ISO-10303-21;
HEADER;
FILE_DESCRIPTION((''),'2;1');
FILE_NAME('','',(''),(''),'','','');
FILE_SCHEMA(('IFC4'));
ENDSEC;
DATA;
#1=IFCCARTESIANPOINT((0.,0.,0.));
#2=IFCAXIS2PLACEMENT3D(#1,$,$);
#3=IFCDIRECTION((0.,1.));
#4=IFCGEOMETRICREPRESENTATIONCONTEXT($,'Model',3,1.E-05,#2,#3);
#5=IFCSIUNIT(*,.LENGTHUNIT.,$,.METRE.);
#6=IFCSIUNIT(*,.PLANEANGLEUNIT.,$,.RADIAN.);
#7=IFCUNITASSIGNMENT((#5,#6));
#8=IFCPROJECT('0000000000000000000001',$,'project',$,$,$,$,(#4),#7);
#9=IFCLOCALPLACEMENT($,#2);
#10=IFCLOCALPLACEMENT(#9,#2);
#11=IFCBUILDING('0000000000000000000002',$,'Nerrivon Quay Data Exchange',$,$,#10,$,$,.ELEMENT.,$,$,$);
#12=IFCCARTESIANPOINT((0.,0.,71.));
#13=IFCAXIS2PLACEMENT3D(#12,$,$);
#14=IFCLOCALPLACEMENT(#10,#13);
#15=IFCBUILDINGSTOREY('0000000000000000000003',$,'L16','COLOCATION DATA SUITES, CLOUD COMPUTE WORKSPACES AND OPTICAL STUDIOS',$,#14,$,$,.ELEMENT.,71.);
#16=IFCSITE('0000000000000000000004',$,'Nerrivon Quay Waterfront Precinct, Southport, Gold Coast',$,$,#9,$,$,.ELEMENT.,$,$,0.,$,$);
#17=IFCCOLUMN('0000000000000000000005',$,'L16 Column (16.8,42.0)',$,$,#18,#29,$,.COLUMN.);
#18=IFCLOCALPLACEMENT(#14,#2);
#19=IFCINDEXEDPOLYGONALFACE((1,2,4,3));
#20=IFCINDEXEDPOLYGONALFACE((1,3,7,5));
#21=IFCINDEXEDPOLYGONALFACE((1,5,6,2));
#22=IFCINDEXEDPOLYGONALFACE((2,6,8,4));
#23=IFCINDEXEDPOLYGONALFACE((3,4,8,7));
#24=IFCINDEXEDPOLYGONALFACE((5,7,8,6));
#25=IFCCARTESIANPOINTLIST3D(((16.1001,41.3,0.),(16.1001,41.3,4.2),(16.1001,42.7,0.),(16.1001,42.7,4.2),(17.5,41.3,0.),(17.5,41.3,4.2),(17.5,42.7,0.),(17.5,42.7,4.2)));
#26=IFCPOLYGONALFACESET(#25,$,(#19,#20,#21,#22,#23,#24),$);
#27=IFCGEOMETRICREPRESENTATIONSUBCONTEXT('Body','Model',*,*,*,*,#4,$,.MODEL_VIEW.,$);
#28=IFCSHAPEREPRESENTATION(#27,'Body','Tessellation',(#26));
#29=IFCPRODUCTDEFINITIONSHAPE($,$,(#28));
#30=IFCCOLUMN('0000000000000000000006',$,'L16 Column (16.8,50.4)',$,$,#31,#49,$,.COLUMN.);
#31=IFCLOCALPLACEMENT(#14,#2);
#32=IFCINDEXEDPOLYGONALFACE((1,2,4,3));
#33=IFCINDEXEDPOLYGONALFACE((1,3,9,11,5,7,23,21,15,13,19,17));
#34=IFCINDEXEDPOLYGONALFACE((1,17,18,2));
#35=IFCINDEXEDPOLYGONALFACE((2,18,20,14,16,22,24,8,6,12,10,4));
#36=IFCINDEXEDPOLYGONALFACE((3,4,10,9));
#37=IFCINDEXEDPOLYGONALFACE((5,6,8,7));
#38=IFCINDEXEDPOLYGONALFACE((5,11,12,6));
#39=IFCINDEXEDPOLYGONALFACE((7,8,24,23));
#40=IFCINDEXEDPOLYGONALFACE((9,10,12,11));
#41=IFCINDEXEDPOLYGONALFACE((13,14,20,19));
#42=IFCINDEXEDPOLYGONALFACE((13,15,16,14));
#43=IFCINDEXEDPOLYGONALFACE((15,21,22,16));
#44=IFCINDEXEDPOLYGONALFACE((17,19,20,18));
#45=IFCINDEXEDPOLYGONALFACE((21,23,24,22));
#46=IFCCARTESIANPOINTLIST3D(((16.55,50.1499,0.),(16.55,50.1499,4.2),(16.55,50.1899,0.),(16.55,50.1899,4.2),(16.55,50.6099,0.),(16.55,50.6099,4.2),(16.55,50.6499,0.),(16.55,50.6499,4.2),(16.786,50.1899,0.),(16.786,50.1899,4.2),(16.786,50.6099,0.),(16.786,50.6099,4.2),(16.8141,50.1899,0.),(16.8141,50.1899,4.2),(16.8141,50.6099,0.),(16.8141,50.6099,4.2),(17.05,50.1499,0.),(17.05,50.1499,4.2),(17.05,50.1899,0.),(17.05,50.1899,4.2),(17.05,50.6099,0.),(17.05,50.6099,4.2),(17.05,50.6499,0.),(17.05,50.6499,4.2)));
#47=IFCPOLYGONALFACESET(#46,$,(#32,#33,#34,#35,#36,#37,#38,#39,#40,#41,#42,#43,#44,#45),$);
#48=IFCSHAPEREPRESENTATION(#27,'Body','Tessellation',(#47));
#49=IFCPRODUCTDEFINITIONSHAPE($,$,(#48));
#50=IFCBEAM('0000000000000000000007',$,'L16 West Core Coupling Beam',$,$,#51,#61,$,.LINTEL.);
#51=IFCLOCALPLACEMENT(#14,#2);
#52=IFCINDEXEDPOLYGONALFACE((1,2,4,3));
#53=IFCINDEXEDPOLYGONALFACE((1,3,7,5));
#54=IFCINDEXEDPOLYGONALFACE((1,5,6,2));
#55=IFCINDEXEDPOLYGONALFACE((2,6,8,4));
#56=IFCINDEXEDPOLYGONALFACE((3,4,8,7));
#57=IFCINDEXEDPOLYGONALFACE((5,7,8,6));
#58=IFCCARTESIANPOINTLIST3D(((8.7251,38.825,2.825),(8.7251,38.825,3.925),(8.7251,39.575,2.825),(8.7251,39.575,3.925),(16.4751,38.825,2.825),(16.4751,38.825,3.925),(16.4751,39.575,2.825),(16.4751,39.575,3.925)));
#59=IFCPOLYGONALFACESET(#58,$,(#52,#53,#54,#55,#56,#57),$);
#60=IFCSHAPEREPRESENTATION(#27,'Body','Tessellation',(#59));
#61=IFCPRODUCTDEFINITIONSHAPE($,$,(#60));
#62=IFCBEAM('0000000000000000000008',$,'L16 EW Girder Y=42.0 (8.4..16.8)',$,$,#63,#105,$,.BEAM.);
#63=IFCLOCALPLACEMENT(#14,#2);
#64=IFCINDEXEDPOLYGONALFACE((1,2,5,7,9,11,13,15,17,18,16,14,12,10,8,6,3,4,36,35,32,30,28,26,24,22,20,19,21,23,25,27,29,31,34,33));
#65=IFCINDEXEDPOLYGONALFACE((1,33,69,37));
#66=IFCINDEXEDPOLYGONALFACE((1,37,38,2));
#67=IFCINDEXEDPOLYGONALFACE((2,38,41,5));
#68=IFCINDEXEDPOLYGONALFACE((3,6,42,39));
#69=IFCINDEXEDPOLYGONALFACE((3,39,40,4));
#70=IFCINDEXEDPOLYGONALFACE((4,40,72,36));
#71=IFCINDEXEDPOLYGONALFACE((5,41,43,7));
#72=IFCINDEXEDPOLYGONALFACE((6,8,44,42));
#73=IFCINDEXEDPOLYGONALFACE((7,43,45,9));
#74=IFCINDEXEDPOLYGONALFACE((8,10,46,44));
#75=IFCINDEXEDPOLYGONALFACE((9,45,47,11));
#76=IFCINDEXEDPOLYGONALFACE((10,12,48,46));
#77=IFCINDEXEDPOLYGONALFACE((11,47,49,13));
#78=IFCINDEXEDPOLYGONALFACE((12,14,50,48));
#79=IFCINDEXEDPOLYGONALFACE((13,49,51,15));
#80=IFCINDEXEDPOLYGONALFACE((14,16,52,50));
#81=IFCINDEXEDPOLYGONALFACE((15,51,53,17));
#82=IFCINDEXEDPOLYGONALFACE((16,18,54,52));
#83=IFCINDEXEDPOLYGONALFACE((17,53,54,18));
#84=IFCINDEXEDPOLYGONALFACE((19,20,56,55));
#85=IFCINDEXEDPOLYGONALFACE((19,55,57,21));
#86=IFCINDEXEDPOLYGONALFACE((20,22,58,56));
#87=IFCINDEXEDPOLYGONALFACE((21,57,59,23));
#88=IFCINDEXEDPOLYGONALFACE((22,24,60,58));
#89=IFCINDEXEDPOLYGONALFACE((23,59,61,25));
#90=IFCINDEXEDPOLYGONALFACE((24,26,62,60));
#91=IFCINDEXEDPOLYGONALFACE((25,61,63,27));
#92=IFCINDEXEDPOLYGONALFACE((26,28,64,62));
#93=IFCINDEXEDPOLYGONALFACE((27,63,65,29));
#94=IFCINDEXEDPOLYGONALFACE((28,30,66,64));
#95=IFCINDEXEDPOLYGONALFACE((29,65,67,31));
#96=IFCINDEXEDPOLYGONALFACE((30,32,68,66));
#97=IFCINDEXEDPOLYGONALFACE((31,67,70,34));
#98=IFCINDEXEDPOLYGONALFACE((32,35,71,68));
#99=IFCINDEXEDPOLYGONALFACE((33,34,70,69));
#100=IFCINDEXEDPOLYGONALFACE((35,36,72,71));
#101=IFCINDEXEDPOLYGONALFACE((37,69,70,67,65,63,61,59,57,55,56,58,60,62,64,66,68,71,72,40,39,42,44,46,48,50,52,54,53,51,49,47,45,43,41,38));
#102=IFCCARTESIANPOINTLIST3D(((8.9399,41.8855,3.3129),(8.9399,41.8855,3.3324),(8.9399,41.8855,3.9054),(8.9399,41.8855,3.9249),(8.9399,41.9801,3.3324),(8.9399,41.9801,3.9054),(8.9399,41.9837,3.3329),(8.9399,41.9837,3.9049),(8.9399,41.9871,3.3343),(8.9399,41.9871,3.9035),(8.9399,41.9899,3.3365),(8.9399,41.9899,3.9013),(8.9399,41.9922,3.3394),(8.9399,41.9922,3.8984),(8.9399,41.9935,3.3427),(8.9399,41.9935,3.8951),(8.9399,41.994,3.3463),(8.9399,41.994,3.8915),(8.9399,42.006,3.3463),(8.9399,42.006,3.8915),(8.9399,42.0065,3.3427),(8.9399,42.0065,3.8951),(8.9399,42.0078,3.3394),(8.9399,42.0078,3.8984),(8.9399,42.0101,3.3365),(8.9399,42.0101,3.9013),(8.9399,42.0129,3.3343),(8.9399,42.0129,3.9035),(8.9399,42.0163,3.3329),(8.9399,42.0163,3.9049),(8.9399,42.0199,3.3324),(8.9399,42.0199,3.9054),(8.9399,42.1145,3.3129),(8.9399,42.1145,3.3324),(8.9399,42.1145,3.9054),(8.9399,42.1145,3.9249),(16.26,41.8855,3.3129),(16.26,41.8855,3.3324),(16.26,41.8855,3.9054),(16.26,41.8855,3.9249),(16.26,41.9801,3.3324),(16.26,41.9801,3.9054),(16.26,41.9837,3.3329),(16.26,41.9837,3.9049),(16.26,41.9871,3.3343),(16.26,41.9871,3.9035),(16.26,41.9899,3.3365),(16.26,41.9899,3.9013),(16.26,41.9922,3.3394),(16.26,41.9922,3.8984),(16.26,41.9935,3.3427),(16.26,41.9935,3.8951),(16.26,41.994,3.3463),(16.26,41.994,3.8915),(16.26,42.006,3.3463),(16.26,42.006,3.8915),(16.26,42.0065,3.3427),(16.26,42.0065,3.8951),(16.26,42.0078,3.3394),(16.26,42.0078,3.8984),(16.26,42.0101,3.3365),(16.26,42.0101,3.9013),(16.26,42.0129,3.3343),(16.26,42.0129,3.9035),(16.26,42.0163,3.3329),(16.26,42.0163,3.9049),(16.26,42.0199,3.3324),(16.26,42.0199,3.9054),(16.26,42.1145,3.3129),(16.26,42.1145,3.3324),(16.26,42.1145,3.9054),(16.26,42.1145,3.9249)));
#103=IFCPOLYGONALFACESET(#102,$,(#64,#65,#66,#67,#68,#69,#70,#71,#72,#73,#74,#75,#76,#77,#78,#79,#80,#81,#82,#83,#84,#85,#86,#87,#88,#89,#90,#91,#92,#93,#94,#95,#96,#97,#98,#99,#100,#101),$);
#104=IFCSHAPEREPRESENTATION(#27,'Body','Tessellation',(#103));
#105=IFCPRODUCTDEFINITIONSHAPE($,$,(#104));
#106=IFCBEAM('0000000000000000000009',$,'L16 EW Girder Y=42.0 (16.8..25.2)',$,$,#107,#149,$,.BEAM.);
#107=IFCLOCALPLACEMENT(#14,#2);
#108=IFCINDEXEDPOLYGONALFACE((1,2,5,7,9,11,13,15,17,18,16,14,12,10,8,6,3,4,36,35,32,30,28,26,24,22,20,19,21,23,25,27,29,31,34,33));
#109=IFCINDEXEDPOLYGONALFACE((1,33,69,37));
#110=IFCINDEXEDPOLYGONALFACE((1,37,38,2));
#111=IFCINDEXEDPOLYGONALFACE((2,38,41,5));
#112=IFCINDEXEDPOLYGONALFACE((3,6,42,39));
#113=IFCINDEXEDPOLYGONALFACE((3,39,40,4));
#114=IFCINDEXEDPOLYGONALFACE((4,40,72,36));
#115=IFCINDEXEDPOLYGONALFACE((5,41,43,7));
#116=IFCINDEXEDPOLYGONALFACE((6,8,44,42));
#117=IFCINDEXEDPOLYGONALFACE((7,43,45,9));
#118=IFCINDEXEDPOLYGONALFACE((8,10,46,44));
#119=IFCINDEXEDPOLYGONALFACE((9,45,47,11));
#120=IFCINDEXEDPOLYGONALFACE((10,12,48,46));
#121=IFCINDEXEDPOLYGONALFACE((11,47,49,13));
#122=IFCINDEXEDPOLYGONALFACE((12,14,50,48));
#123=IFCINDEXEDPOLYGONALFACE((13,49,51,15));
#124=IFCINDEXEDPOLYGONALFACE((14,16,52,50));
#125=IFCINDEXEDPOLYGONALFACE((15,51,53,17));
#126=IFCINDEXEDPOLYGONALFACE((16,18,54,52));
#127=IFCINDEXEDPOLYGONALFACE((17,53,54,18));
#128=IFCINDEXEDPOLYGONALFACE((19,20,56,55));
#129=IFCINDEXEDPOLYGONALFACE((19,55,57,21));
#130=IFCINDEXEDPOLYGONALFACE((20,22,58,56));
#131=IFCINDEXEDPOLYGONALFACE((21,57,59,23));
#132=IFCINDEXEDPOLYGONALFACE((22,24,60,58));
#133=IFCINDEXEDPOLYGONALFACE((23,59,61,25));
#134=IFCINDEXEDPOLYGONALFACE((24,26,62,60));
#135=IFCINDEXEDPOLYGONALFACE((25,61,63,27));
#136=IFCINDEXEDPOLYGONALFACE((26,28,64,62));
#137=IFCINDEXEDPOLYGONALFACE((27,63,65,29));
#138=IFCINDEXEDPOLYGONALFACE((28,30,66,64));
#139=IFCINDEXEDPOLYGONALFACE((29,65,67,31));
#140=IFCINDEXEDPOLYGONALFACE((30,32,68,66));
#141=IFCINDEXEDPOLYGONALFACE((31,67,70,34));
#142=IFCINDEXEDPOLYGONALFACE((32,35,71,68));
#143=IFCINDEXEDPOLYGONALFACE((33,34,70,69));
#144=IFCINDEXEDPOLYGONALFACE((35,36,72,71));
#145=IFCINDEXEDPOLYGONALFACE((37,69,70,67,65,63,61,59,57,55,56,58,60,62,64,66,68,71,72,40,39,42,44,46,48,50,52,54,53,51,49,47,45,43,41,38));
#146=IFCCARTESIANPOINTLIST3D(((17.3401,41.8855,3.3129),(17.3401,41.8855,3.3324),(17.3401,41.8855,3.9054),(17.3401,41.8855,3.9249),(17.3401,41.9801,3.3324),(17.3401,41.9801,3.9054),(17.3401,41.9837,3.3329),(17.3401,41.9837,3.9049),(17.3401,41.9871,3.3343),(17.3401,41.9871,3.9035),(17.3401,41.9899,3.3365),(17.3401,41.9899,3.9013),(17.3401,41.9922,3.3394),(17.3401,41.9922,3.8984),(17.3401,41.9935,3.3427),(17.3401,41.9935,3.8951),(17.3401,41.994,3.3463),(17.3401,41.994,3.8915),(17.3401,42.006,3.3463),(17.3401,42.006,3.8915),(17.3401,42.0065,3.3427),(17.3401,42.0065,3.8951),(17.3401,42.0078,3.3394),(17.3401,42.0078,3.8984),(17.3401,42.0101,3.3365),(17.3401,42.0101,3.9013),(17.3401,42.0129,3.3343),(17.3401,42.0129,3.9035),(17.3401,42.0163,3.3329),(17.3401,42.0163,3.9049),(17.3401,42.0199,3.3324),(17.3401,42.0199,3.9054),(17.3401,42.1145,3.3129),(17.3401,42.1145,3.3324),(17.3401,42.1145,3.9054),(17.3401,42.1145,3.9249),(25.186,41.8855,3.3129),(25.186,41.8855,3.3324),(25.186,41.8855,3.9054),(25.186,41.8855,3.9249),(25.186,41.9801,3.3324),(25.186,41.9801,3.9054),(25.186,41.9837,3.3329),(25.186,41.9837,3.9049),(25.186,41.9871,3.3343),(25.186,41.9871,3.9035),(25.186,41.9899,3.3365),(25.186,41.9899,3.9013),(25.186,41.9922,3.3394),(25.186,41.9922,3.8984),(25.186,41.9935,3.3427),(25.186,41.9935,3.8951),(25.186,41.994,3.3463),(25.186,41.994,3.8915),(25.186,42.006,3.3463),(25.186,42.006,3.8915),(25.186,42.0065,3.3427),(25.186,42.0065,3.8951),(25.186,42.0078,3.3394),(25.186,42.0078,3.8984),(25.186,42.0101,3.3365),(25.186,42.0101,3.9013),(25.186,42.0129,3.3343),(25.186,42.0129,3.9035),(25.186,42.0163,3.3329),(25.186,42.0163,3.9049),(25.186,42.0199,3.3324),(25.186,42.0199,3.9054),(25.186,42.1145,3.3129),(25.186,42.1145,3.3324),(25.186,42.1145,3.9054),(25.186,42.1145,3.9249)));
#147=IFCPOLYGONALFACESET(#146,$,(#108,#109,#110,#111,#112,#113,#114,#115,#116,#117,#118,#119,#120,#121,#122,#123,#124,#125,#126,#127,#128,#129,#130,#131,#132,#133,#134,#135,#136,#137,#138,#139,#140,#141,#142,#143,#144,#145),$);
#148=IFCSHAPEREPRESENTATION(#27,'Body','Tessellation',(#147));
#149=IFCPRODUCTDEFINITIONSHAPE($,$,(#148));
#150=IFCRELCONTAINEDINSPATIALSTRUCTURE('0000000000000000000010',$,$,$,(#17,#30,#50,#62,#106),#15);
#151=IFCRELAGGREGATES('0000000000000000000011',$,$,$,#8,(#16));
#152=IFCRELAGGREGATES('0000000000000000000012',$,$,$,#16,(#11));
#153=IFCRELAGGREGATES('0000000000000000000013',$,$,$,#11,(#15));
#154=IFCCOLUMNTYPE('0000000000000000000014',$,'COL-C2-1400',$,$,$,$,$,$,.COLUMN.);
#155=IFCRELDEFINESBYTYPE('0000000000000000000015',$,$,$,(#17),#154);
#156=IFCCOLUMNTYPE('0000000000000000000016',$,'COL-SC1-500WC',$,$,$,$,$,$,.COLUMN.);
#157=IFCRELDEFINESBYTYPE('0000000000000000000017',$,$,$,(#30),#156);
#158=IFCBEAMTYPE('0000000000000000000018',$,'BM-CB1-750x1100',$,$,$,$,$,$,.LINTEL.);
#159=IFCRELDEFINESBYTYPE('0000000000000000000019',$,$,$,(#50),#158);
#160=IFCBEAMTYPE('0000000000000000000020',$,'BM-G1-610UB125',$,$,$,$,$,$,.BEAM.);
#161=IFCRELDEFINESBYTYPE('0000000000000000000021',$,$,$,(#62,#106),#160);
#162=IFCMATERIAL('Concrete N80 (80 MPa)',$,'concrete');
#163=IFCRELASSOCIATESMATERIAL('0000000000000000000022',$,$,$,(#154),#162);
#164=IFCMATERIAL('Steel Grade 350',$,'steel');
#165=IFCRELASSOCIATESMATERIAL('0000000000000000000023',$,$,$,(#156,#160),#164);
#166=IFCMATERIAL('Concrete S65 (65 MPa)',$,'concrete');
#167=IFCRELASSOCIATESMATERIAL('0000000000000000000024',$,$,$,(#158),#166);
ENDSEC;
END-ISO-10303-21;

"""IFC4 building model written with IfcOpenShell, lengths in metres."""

from ifc_helpers import new_model, si_unit, direction, frame, origin, origin_2d, place, context, subcontext, project, spatial, rectangle, i_section, extrude, material, material_profile, profile_set, type_object, element, save


model = new_model("IFC4")

# Units and contexts
model_context = context("Model", 3, precision=1e-05, world=origin(), true_north=direction((0.0, 1.0)))
body_context = subcontext(model_context, "Body", "Model", "MODEL_VIEW")
ifc_project = project(units=[si_unit("LENGTHUNIT", "METRE"), si_unit("PLANEANGLEUNIT", "RADIAN")], contexts=[model_context])

# Site, building, storey
site_placement = place(None, origin())
site = spatial("IfcSite", under=ifc_project, at=site_placement, Name="Nerrivon Quay Waterfront Precinct, Southport, Gold Coast", CompositionType="ELEMENT", RefElevation=0.0)
building_placement = place(site_placement, origin())
building = spatial("IfcBuilding", under=site, at=building_placement, Name="Nerrivon Quay Data Exchange", CompositionType="ELEMENT")
storey_placement = place(building_placement, frame((0.0, 0.0, 71.0)))
storey = spatial("IfcBuildingStorey", under=building, at=storey_placement, Name="L16", Description="COLOCATION DATA SUITES, CLOUD COMPUTE WORKSPACES AND OPTICAL STUDIOS", CompositionType="ELEMENT", Elevation=71.0)

# Columns
ifc_material_1 = material(Name="Concrete N80 (80 MPa)", Category="concrete")
ifc_material_profile_1 = material_profile(ifc_material_1, rectangle(XDim=1.3999, YDim=1.3999, at=origin_2d()), Name="RC-COL-1400x1400")
ifc_profile_set_1 = profile_set([ifc_material_profile_1], Name="Concrete N80 (80 MPa)")
column_type_1 = type_object("IfcColumnType", Name="COL-C2-1400", PredefinedType="COLUMN", material=ifc_profile_set_1)
column_1_placement = place(storey_placement, frame((16.8, 42.0, 0.0), z_axis=(0.0, 0.0, 1.0), x_axis=(1.0, 0.0, 0.0)))
element("IfcColumn", 1, at=column_1_placement, inside=storey, type_object=column_type_1, Name="L16 Column (16.8,42.0)", PredefinedType="COLUMN", context=body_context, shape_type="SweptSolid", body=[
    extrude(rectangle(XDim=1.3999, YDim=1.3999, at=origin_2d()), origin(), (0.0, 0.0, 1.0), 4.2),
])
ifc_material_2 = material(Name="Steel Grade 350", Category="steel")
ifc_material_profile_2 = material_profile(ifc_material_2, i_section(OverallWidth=0.5, OverallDepth=0.5, WebThickness=0.0281, FlangeThickness=0.04, at=origin_2d()), Name="500WC440")
ifc_profile_set_2 = profile_set([ifc_material_profile_2], Name="Steel Grade 350")
column_type_2 = type_object("IfcColumnType", Name="COL-SC1-500WC", PredefinedType="COLUMN", material=ifc_profile_set_2)
column_2_placement = place(storey_placement, frame((16.8, 50.3999, 0.0), z_axis=(0.0, 0.0, 1.0), x_axis=(1.0, 0.0, 0.0)))
element("IfcColumn", 2, at=column_2_placement, inside=storey, type_object=column_type_2, Name="L16 Column (16.8,50.4)", PredefinedType="COLUMN", context=body_context, shape_type="SweptSolid", body=[
    extrude(i_section(OverallWidth=0.5, OverallDepth=0.5, WebThickness=0.0281, FlangeThickness=0.04, at=origin_2d()), origin(), (0.0, 0.0, 1.0), 4.2),
])

# Beams
ifc_material_3 = material(Name="Concrete S65 (65 MPa)", Category="concrete")
ifc_material_profile_3 = material_profile(ifc_material_3, rectangle(XDim=0.75, YDim=1.1001, at=origin_2d()), Name="RC-CB-750x1100")
ifc_profile_set_3 = profile_set([ifc_material_profile_3], Name="Concrete S65 (65 MPa)")
beam_type_1 = type_object("IfcBeamType", Name="BM-CB1-750x1100", PredefinedType="LINTEL", material=ifc_profile_set_3)
beam_1_placement = place(storey_placement, frame((8.7251, 39.2, 3.375), z_axis=(1.0, 0.0, 0.0), x_axis=(0.0, 1.0, 0.0)))
element("IfcBeam", 3, at=beam_1_placement, inside=storey, type_object=beam_type_1, Name="L16 West Core Coupling Beam", PredefinedType="LINTEL", context=body_context, shape_type="SweptSolid", body=[
    extrude(rectangle(XDim=0.75, YDim=1.1001, at=origin_2d()), origin(), (0.0, 0.0, 1.0), 7.75),
])
ifc_material_profile_4 = material_profile(ifc_material_2, i_section(OverallWidth=0.229, OverallDepth=0.6121, WebThickness=0.012, FlangeThickness=0.0195, FilletRadius=0.0139, at=origin_2d()), Name="610UB125")
ifc_profile_set_4 = profile_set([ifc_material_profile_4], Name="Steel Grade 350")
beam_type_2 = type_object("IfcBeamType", Name="BM-G1-610UB125", PredefinedType="BEAM", material=ifc_profile_set_4)
beam_2_placement = place(storey_placement, frame((8.9399, 42.0, 3.6189), z_axis=(1.0, 0.0, 0.0), x_axis=(0.0, 1.0, 0.0)))
element("IfcBeam", 4, at=beam_2_placement, inside=storey, type_object=beam_type_2, Name="L16 EW Girder Y=42.0 (8.4..16.8)", PredefinedType="BEAM", context=body_context, shape_type="SweptSolid", body=[
    extrude(i_section(OverallWidth=0.229, OverallDepth=0.6121, WebThickness=0.012, FlangeThickness=0.0195, FilletRadius=0.0139, at=origin_2d()), origin(), (0.0, 0.0, 1.0), 7.3201),
])
beam_3_placement = place(storey_placement, frame((17.3401, 42.0, 3.6189), z_axis=(1.0, 0.0, 0.0), x_axis=(0.0, 1.0, 0.0)))
element("IfcBeam", 5, at=beam_3_placement, inside=storey, type_object=beam_type_2, Name="L16 EW Girder Y=42.0 (16.8..25.2)", PredefinedType="BEAM", context=body_context, shape_type="SweptSolid", body=[
    extrude(i_section(OverallWidth=0.229, OverallDepth=0.6121, WebThickness=0.012, FlangeThickness=0.0195, FilletRadius=0.0139, at=origin_2d()), origin(), (0.0, 0.0, 1.0), 7.8459),
])

save(model, "model.ifc")
